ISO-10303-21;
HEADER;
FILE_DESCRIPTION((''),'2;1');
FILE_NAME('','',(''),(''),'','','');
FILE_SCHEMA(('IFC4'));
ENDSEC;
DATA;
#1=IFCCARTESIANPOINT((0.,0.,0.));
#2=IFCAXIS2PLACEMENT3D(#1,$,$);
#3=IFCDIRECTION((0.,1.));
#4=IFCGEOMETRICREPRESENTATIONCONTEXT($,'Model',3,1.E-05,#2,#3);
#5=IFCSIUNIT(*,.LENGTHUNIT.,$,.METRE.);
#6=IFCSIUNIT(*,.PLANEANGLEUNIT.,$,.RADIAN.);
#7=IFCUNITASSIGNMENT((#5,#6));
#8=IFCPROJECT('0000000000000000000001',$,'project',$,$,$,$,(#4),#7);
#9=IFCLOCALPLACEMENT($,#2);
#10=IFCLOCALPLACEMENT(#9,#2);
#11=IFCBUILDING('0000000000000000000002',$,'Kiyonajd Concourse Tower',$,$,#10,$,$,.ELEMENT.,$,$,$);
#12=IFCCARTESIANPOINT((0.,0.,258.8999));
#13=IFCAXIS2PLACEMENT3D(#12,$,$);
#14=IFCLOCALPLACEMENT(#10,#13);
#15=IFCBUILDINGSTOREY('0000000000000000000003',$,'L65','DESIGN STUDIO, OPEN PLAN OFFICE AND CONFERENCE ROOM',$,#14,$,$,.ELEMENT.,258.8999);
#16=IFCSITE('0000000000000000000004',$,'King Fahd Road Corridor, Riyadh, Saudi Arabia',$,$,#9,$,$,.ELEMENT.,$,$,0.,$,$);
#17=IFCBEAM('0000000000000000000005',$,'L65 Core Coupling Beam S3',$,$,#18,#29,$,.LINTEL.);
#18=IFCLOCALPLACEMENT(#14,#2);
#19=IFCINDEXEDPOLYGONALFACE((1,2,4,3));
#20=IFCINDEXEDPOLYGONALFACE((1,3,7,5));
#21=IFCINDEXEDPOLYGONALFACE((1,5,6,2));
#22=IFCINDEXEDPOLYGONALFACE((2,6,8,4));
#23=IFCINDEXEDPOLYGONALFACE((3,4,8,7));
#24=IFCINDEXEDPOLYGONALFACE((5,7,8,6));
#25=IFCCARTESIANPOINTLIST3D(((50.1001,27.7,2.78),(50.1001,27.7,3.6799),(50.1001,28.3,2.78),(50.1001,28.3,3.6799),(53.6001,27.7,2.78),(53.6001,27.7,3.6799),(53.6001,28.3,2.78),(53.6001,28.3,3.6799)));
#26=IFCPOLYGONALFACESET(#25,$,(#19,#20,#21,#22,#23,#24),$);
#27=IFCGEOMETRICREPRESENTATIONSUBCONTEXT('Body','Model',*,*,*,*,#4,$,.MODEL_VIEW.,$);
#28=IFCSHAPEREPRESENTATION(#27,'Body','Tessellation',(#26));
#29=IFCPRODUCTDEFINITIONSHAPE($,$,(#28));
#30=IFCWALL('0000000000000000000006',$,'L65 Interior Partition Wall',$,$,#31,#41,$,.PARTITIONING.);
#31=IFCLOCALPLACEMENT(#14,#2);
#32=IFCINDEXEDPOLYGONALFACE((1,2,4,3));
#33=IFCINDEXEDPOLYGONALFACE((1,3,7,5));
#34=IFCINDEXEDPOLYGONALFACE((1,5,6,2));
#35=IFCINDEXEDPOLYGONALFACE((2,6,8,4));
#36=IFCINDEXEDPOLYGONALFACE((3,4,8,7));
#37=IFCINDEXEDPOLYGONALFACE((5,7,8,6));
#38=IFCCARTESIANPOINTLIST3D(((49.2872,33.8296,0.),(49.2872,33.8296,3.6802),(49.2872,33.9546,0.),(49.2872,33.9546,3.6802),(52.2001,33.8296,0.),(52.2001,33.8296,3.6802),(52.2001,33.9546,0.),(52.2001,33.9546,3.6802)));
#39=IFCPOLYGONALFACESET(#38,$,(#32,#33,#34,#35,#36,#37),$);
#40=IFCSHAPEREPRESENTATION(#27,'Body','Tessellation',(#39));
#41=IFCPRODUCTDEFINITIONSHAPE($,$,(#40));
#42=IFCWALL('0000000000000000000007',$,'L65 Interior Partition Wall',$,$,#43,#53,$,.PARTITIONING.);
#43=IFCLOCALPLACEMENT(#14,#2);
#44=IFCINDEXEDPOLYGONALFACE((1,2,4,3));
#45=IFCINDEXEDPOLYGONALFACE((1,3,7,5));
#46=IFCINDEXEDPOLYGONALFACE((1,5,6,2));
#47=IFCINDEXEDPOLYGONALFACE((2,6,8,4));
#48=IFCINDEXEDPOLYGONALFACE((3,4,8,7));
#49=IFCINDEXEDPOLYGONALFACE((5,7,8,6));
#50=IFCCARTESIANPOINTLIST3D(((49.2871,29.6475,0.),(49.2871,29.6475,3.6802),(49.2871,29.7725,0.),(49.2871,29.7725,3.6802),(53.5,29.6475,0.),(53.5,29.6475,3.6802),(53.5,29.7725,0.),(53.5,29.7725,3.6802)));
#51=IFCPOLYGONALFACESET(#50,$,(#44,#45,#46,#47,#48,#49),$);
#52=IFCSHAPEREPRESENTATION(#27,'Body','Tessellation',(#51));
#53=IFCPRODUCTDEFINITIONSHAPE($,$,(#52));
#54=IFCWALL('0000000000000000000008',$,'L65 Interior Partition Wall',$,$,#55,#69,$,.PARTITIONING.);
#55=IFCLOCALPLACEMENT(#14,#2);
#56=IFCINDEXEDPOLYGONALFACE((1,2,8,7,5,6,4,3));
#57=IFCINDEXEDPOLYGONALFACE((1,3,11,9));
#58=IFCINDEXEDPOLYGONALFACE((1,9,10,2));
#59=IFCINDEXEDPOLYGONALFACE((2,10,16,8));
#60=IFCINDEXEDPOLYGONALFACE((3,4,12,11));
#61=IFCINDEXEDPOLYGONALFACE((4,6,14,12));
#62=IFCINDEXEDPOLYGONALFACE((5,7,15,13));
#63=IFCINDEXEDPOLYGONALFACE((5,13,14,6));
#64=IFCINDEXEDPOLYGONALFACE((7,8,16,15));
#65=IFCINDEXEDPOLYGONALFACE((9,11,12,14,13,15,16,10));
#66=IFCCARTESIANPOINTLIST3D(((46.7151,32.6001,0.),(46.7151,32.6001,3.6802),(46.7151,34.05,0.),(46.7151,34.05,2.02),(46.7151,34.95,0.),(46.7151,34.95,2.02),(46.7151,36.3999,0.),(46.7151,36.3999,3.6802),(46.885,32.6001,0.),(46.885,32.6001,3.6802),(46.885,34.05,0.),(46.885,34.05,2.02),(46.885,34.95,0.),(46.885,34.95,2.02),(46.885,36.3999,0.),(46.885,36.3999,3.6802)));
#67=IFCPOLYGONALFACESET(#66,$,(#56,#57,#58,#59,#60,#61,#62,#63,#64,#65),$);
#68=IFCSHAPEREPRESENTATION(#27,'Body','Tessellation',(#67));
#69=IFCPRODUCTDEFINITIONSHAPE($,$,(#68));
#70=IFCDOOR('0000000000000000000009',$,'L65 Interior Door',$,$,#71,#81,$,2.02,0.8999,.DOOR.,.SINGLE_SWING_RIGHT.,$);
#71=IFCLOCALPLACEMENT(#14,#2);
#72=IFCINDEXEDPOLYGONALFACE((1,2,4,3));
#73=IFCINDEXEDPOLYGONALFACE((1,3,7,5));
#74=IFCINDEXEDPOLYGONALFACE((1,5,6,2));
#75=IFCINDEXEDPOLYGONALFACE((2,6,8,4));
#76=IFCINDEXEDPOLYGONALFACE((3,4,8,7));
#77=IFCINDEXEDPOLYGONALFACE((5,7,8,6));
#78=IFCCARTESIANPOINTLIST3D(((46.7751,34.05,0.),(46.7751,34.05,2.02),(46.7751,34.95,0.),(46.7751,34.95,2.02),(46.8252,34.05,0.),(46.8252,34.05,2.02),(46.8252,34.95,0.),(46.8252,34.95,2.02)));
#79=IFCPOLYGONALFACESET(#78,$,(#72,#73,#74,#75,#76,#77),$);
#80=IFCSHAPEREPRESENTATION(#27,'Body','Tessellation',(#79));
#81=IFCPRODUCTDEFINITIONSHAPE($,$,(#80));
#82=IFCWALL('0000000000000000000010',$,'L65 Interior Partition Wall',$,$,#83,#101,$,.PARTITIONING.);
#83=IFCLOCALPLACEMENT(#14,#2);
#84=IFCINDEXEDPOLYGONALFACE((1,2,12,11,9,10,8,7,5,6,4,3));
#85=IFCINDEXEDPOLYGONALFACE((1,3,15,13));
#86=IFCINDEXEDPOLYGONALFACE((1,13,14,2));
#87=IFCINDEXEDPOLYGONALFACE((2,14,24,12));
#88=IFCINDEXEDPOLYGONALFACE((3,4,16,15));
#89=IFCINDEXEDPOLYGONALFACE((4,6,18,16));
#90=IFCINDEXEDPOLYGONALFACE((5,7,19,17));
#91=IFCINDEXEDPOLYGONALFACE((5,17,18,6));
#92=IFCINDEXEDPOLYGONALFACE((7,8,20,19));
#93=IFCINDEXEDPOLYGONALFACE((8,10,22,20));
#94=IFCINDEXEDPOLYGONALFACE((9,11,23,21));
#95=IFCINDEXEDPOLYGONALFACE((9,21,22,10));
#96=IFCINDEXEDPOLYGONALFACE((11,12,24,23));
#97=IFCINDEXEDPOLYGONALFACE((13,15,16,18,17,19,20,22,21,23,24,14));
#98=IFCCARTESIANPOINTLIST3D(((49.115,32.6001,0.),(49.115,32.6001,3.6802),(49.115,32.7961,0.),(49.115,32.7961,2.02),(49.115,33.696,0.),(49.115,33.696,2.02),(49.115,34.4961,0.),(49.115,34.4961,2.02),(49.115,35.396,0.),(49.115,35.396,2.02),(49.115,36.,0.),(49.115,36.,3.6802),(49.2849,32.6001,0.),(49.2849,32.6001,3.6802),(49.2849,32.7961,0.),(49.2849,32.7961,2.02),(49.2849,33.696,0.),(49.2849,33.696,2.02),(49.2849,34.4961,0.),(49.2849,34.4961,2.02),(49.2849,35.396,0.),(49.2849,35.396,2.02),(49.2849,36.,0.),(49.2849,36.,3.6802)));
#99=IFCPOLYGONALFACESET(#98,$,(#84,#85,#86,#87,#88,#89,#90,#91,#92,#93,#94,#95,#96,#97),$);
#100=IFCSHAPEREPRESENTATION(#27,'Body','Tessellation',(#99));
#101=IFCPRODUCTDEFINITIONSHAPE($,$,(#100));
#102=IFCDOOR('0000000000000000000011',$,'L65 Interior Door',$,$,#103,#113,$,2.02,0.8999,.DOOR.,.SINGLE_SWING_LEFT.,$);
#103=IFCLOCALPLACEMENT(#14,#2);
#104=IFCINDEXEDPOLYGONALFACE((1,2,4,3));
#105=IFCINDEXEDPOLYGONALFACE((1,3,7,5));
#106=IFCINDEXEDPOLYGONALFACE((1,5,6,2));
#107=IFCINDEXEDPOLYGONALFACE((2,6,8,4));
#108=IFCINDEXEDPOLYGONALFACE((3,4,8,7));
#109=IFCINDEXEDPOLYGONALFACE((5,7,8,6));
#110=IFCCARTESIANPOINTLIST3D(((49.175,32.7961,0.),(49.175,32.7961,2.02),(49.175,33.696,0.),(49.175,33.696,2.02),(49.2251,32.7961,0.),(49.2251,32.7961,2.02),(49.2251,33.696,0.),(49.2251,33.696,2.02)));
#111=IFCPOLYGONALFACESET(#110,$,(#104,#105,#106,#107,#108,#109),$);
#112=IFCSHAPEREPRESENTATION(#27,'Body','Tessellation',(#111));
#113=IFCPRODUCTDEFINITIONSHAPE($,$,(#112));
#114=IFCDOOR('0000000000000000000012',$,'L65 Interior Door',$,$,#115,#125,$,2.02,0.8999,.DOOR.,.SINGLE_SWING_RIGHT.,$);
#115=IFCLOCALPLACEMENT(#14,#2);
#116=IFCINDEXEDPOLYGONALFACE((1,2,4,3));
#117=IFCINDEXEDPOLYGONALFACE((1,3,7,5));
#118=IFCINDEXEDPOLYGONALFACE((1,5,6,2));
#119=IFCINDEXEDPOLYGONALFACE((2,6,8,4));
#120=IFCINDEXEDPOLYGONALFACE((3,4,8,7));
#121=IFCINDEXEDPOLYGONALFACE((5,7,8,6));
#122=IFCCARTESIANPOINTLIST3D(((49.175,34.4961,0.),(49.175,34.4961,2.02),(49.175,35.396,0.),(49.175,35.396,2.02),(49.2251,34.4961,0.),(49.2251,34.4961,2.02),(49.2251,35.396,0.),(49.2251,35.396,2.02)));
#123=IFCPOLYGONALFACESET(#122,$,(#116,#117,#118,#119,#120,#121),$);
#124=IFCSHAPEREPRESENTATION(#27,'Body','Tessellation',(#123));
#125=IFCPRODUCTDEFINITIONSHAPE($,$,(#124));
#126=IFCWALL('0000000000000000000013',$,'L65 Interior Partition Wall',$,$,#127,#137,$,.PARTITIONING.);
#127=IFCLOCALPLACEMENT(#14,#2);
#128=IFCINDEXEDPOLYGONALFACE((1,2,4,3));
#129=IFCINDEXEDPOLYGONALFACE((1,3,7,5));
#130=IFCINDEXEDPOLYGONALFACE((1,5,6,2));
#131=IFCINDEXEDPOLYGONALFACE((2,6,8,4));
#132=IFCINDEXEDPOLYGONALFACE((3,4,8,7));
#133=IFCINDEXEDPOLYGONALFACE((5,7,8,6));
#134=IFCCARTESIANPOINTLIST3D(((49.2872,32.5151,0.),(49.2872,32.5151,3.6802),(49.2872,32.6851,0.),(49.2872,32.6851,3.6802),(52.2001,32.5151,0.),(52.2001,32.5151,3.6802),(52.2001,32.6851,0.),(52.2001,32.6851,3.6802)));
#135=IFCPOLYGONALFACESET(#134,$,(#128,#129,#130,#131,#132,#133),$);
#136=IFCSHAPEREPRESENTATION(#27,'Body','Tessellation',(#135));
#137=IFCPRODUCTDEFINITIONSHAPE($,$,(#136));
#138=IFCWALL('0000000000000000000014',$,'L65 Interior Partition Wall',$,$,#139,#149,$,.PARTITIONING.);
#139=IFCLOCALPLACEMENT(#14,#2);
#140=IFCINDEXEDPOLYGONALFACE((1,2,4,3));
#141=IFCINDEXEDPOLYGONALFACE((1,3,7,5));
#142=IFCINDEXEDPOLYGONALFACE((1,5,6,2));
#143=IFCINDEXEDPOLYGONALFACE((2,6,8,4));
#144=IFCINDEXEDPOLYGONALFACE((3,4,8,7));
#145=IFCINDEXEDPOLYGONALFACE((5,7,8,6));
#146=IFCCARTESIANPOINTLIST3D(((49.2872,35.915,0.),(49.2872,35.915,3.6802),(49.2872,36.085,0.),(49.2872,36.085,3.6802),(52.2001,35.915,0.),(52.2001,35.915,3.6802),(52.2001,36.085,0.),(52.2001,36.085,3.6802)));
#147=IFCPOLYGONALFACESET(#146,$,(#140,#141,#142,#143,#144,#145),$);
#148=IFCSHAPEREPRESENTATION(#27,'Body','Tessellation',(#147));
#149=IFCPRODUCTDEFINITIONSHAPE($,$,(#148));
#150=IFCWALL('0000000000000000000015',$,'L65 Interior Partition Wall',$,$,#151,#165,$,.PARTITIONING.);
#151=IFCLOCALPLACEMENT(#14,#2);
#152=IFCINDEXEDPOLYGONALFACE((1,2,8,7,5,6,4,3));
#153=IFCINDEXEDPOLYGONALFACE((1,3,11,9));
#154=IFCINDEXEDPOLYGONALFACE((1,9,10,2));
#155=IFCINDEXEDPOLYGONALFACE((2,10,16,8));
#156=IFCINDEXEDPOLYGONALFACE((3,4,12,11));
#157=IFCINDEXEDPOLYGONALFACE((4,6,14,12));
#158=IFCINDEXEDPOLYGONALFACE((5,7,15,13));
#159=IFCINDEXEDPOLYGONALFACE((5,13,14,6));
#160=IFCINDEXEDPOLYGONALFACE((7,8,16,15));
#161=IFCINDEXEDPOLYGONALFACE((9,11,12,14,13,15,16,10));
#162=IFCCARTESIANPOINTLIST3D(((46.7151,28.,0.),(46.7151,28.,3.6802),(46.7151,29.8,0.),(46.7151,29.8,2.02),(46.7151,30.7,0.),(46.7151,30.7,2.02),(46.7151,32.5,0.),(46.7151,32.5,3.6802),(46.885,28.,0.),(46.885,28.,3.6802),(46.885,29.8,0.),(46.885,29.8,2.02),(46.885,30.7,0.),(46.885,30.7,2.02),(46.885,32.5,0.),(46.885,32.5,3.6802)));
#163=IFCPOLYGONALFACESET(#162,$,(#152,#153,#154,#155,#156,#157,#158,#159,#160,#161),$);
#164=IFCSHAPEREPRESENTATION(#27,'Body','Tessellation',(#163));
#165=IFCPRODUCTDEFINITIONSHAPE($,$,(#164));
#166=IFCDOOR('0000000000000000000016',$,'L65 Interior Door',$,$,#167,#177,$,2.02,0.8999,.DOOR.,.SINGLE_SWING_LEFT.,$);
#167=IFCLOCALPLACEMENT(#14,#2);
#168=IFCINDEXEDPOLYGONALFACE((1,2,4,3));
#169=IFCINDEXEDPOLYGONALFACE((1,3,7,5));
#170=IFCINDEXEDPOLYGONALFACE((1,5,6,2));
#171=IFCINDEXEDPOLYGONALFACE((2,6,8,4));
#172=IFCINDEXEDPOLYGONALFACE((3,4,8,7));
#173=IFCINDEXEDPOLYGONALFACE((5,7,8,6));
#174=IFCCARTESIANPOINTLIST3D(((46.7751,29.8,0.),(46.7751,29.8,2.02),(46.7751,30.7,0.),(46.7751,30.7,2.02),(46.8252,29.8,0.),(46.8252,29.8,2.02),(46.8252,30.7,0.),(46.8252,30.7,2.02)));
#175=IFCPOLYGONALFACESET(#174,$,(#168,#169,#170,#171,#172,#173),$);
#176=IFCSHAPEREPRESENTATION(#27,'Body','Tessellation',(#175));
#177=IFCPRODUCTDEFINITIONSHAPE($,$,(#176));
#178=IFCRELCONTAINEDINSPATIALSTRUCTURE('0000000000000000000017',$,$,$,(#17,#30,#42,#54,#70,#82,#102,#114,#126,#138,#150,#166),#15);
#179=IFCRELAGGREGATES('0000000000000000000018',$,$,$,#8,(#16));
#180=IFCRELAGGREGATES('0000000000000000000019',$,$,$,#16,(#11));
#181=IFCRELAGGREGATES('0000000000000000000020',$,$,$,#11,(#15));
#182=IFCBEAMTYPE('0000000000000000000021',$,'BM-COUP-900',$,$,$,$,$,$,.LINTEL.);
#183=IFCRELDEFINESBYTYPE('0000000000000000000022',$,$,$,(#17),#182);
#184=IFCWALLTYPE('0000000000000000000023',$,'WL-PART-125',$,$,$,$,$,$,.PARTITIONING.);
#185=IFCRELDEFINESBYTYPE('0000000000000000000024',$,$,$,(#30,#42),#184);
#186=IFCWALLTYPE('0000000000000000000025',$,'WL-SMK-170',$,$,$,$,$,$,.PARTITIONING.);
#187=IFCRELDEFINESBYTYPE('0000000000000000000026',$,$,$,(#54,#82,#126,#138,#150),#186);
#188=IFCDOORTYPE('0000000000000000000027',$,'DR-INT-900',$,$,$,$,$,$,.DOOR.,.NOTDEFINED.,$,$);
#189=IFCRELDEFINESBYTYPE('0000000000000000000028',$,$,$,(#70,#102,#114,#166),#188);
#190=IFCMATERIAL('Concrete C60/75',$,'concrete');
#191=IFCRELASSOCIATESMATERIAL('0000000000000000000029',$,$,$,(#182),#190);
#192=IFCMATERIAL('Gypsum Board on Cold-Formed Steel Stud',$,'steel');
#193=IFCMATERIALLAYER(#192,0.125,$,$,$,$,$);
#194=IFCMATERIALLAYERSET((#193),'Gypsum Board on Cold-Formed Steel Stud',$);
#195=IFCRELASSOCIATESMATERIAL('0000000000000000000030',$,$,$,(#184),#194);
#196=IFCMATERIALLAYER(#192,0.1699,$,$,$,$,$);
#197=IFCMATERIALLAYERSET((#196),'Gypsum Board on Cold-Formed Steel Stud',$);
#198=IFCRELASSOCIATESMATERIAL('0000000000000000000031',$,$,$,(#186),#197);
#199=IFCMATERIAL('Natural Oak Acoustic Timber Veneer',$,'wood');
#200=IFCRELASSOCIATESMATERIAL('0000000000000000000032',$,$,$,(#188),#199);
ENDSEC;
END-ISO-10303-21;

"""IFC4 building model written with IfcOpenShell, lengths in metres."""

from ifc_helpers import new_model, si_unit, direction, frame, frame_2d, origin, origin_2d, place, context, subcontext, project, spatial, rectangle, extrude, material, layer, layer_set, material_profile, profile_set, type_object, element, fill, save


model = new_model("IFC4")

# Units and contexts
model_context = context("Model", 3, precision=1e-05, world=origin(), true_north=direction((0.0, 1.0)))
body_context = subcontext(model_context, "Body", "Model", "MODEL_VIEW")
ifc_project = project(units=[si_unit("LENGTHUNIT", "METRE"), si_unit("PLANEANGLEUNIT", "RADIAN")], contexts=[model_context])

# Site, building, storey
site_placement = place(None, origin())
site = spatial("IfcSite", under=ifc_project, at=site_placement, Name="King Fahd Road Corridor, Riyadh, Saudi Arabia", CompositionType="ELEMENT", RefElevation=0.0)
building_placement = place(site_placement, origin())
building = spatial("IfcBuilding", under=site, at=building_placement, Name="Kiyonajd Concourse Tower", CompositionType="ELEMENT")
storey_placement = place(building_placement, frame((0.0, 0.0, 258.8999)))
storey = spatial("IfcBuildingStorey", under=building, at=storey_placement, Name="L65", Description="DESIGN STUDIO, OPEN PLAN OFFICE AND CONFERENCE ROOM", CompositionType="ELEMENT", Elevation=258.8999)

# Beam
ifc_material_1 = material(Name="Concrete C60/75", Category="concrete")
ifc_material_profile = material_profile(ifc_material_1, rectangle(XDim=0.6001, YDim=0.8999, at=origin_2d()), Name="RCBM-600x900")
ifc_profile_set = profile_set([ifc_material_profile], Name="Concrete C60/75")
beam_type = type_object("IfcBeamType", Name="BM-COUP-900", PredefinedType="LINTEL", material=ifc_profile_set)
beam_placement = place(storey_placement, frame((50.1001, 28.0, 3.23), z_axis=(1.0, 0.0, 0.0), x_axis=(0.0, 1.0, 0.0)))
element("IfcBeam", 1, at=beam_placement, inside=storey, type_object=beam_type, Name="L65 Core Coupling Beam S3", PredefinedType="LINTEL", context=body_context, shape_type="SweptSolid", body=[
    extrude(rectangle(XDim=0.6001, YDim=0.8999, at=origin_2d()), origin(), (0.0, 0.0, 1.0), 3.5),
])

# Walls
ifc_material_2 = material(Name="Gypsum Board on Cold-Formed Steel Stud", Category="steel")
ifc_layer_1 = layer(ifc_material_2, 0.125)
ifc_layer_set_1 = layer_set([ifc_layer_1], Name="Gypsum Board on Cold-Formed Steel Stud")
wall_type_1 = type_object("IfcWallType", Name="WL-PART-125", PredefinedType="PARTITIONING", material=ifc_layer_set_1)
wall_1_placement = place(storey_placement, frame((49.2871, 33.8921, 0.0), z_axis=(0.0, 0.0, 1.0), x_axis=(1.0, 0.0, 0.0)))
element("IfcWall", 2, at=wall_1_placement, inside=storey, type_object=wall_type_1, Name="L65 Interior Partition Wall", PredefinedType="PARTITIONING", context=body_context, shape_type="SweptSolid", body=[
    extrude(rectangle(XDim=2.9128, YDim=0.125, at=frame_2d((1.4565, 0.0))), origin(), (0.0, 0.0, 1.0), 3.6802),
])
wall_2_placement = place(storey_placement, frame((49.2871, 29.71, 0.0), z_axis=(0.0, 0.0, 1.0), x_axis=(1.0, 0.0, 0.0)))
element("IfcWall", 3, at=wall_2_placement, inside=storey, type_object=wall_type_1, Name="L65 Interior Partition Wall", PredefinedType="PARTITIONING", context=body_context, shape_type="SweptSolid", body=[
    extrude(rectangle(XDim=4.2129, YDim=0.125, at=frame_2d((2.1064, 0.0))), origin(), (0.0, 0.0, 1.0), 3.6802),
])

# Wall, opening, door
ifc_layer_2 = layer(ifc_material_2, 0.1699)
ifc_layer_set_2 = layer_set([ifc_layer_2], Name="Gypsum Board on Cold-Formed Steel Stud")
wall_type_2 = type_object("IfcWallType", Name="WL-SMK-170", PredefinedType="PARTITIONING", material=ifc_layer_set_2)
wall_3_placement = place(storey_placement, frame((46.8, 32.6001, 0.0), z_axis=(0.0, 0.0, 1.0), x_axis=(0.0, 1.0, 0.0)))
wall_3 = element("IfcWall", 4, at=wall_3_placement, inside=storey, type_object=wall_type_2, Name="L65 Interior Partition Wall", PredefinedType="PARTITIONING", context=body_context, shape_type="SweptSolid", body=[
    extrude(rectangle(XDim=3.7998, YDim=0.1699, at=frame_2d((1.8999, 0.0))), origin(), (0.0, 0.0, 1.0), 3.6802),
])
opening_1_placement = place(wall_3_placement, frame((1.45, 0.0, 0.0)))
opening_1 = element("IfcOpeningElement", 5, at=opening_1_placement, cuts=wall_3, PredefinedType="OPENING", context=body_context, shape_type="SweptSolid", body=[
    extrude(rectangle(XDim=0.8999, YDim=2.02, at=frame_2d((0.45, 1.01))), frame((0.0, 0.095, 0.0), z_axis=(0.0, -1.0, 0.0), x_axis=(1.0, 0.0, 0.0)), (0.0, 0.0, 1.0), 0.1899),
])
ifc_material_3 = material(Name="Natural Oak Acoustic Timber Veneer", Category="wood")
door_type = type_object("IfcDoorType", Name="DR-INT-900", OperationType="NOTDEFINED", PredefinedType="DOOR", material=ifc_material_3)
door_1_placement = place(opening_1_placement, origin())
door_1 = element("IfcDoor", 6, at=door_1_placement, inside=storey, type_object=door_type, Name="L65 Interior Door", OperationType="SINGLE_SWING_RIGHT", OverallHeight=2.02, OverallWidth=0.8999, PredefinedType="DOOR", context=body_context, shape_type="SweptSolid", body=[
    extrude(rectangle(XDim=0.8999, YDim=2.02, at=frame_2d((0.45, 1.01))), frame((0.0, 0.0249, 0.0), z_axis=(0.0, -1.0, 0.0), x_axis=(1.0, 0.0, 0.0)), (0.0, 0.0, 1.0), 0.05),
])
fill(opening_1, door_1)

# Wall, openings, doors
wall_4_placement = place(storey_placement, frame((49.2, 32.6001, 0.0), z_axis=(0.0, 0.0, 1.0), x_axis=(0.0, 1.0, 0.0)))
wall_4 = element("IfcWall", 7, at=wall_4_placement, inside=storey, type_object=wall_type_2, Name="L65 Interior Partition Wall", PredefinedType="PARTITIONING", context=body_context, shape_type="SweptSolid", body=[
    extrude(rectangle(XDim=3.3999, YDim=0.1699, at=frame_2d((1.7, 0.0))), origin(), (0.0, 0.0, 1.0), 3.6802),
])
opening_2_placement = place(wall_4_placement, frame((0.196, 0.0, 0.0)))
opening_2 = element("IfcOpeningElement", 8, at=opening_2_placement, cuts=wall_4, PredefinedType="OPENING", context=body_context, shape_type="SweptSolid", body=[
    extrude(rectangle(XDim=0.8999, YDim=2.02, at=frame_2d((0.45, 1.01))), frame((0.0, 0.095, 0.0), z_axis=(0.0, -1.0, 0.0), x_axis=(1.0, 0.0, 0.0)), (0.0, 0.0, 1.0), 0.1899),
])
opening_3_placement = place(wall_4_placement, frame((1.896, 0.0, 0.0)))
opening_3 = element("IfcOpeningElement", 9, at=opening_3_placement, cuts=wall_4, PredefinedType="OPENING", context=body_context, shape_type="SweptSolid", body=[
    extrude(rectangle(XDim=0.8999, YDim=2.02, at=frame_2d((0.45, 1.01))), frame((0.0, 0.095, 0.0), z_axis=(0.0, -1.0, 0.0), x_axis=(1.0, 0.0, 0.0)), (0.0, 0.0, 1.0), 0.1899),
])
door_2_placement = place(opening_2_placement, origin())
door_2 = element("IfcDoor", 10, at=door_2_placement, inside=storey, type_object=door_type, Name="L65 Interior Door", OperationType="SINGLE_SWING_LEFT", OverallHeight=2.02, OverallWidth=0.8999, PredefinedType="DOOR", context=body_context, shape_type="SweptSolid", body=[
    extrude(rectangle(XDim=0.8999, YDim=2.02, at=frame_2d((0.45, 1.01))), frame((0.0, 0.0249, 0.0), z_axis=(0.0, -1.0, 0.0), x_axis=(1.0, 0.0, 0.0)), (0.0, 0.0, 1.0), 0.05),
])
fill(opening_2, door_2)
door_3_placement = place(opening_3_placement, origin())
door_3 = element("IfcDoor", 11, at=door_3_placement, inside=storey, type_object=door_type, Name="L65 Interior Door", OperationType="SINGLE_SWING_RIGHT", OverallHeight=2.02, OverallWidth=0.8999, PredefinedType="DOOR", context=body_context, shape_type="SweptSolid", body=[
    extrude(rectangle(XDim=0.8999, YDim=2.02, at=frame_2d((0.45, 1.01))), frame((0.0, 0.0249, 0.0), z_axis=(0.0, -1.0, 0.0), x_axis=(1.0, 0.0, 0.0)), (0.0, 0.0, 1.0), 0.05),
])
fill(opening_3, door_3)

# Walls
for number, where, z_axis, x_axis, name in (
    (12, (49.2871, 32.6001, 0.0), (0.0, 0.0, 1.0), (1.0, 0.0, 0.0), "L65 Interior Partition Wall"),
    (13, (49.2871, 36.0, 0.0), (0.0, 0.0, 1.0), (1.0, 0.0, 0.0), "L65 Interior Partition Wall"),
):
    element("IfcWall", number, at=place(storey_placement, frame(where, z_axis=z_axis, x_axis=x_axis)), inside=storey, type_object=wall_type_2, Name=name, PredefinedType="PARTITIONING", context=body_context, shape_type="SweptSolid", body=[
        extrude(rectangle(XDim=2.9128, YDim=0.1699, at=frame_2d((1.4565, 0.0))), origin(), (0.0, 0.0, 1.0), 3.6802),
    ])

# Wall, opening, door
wall_5_placement = place(storey_placement, frame((46.8, 28.0, 0.0), z_axis=(0.0, 0.0, 1.0), x_axis=(0.0, 1.0, 0.0)))
wall_5 = element("IfcWall", 14, at=wall_5_placement, inside=storey, type_object=wall_type_2, Name="L65 Interior Partition Wall", PredefinedType="PARTITIONING", context=body_context, shape_type="SweptSolid", body=[
    extrude(rectangle(XDim=4.5, YDim=0.1699, at=frame_2d((2.25, 0.0))), origin(), (0.0, 0.0, 1.0), 3.6802),
])
opening_4_placement = place(wall_5_placement, frame((1.8, 0.0, 0.0)))
opening_4 = element("IfcOpeningElement", 15, at=opening_4_placement, cuts=wall_5, PredefinedType="OPENING", context=body_context, shape_type="SweptSolid", body=[
    extrude(rectangle(XDim=0.8999, YDim=2.02, at=frame_2d((0.45, 1.01))), frame((0.0, 0.095, 0.0), z_axis=(0.0, -1.0, 0.0), x_axis=(1.0, 0.0, 0.0)), (0.0, 0.0, 1.0), 0.1899),
])
door_4_placement = place(opening_4_placement, origin())
door_4 = element("IfcDoor", 16, at=door_4_placement, inside=storey, type_object=door_type, Name="L65 Interior Door", OperationType="SINGLE_SWING_LEFT", OverallHeight=2.02, OverallWidth=0.8999, PredefinedType="DOOR", context=body_context, shape_type="SweptSolid", body=[
    extrude(rectangle(XDim=0.8999, YDim=2.02, at=frame_2d((0.45, 1.01))), frame((0.0, 0.0249, 0.0), z_axis=(0.0, -1.0, 0.0), x_axis=(1.0, 0.0, 0.0)), (0.0, 0.0, 1.0), 0.05),
])
fill(opening_4, door_4)

save(model, "model.ifc")
